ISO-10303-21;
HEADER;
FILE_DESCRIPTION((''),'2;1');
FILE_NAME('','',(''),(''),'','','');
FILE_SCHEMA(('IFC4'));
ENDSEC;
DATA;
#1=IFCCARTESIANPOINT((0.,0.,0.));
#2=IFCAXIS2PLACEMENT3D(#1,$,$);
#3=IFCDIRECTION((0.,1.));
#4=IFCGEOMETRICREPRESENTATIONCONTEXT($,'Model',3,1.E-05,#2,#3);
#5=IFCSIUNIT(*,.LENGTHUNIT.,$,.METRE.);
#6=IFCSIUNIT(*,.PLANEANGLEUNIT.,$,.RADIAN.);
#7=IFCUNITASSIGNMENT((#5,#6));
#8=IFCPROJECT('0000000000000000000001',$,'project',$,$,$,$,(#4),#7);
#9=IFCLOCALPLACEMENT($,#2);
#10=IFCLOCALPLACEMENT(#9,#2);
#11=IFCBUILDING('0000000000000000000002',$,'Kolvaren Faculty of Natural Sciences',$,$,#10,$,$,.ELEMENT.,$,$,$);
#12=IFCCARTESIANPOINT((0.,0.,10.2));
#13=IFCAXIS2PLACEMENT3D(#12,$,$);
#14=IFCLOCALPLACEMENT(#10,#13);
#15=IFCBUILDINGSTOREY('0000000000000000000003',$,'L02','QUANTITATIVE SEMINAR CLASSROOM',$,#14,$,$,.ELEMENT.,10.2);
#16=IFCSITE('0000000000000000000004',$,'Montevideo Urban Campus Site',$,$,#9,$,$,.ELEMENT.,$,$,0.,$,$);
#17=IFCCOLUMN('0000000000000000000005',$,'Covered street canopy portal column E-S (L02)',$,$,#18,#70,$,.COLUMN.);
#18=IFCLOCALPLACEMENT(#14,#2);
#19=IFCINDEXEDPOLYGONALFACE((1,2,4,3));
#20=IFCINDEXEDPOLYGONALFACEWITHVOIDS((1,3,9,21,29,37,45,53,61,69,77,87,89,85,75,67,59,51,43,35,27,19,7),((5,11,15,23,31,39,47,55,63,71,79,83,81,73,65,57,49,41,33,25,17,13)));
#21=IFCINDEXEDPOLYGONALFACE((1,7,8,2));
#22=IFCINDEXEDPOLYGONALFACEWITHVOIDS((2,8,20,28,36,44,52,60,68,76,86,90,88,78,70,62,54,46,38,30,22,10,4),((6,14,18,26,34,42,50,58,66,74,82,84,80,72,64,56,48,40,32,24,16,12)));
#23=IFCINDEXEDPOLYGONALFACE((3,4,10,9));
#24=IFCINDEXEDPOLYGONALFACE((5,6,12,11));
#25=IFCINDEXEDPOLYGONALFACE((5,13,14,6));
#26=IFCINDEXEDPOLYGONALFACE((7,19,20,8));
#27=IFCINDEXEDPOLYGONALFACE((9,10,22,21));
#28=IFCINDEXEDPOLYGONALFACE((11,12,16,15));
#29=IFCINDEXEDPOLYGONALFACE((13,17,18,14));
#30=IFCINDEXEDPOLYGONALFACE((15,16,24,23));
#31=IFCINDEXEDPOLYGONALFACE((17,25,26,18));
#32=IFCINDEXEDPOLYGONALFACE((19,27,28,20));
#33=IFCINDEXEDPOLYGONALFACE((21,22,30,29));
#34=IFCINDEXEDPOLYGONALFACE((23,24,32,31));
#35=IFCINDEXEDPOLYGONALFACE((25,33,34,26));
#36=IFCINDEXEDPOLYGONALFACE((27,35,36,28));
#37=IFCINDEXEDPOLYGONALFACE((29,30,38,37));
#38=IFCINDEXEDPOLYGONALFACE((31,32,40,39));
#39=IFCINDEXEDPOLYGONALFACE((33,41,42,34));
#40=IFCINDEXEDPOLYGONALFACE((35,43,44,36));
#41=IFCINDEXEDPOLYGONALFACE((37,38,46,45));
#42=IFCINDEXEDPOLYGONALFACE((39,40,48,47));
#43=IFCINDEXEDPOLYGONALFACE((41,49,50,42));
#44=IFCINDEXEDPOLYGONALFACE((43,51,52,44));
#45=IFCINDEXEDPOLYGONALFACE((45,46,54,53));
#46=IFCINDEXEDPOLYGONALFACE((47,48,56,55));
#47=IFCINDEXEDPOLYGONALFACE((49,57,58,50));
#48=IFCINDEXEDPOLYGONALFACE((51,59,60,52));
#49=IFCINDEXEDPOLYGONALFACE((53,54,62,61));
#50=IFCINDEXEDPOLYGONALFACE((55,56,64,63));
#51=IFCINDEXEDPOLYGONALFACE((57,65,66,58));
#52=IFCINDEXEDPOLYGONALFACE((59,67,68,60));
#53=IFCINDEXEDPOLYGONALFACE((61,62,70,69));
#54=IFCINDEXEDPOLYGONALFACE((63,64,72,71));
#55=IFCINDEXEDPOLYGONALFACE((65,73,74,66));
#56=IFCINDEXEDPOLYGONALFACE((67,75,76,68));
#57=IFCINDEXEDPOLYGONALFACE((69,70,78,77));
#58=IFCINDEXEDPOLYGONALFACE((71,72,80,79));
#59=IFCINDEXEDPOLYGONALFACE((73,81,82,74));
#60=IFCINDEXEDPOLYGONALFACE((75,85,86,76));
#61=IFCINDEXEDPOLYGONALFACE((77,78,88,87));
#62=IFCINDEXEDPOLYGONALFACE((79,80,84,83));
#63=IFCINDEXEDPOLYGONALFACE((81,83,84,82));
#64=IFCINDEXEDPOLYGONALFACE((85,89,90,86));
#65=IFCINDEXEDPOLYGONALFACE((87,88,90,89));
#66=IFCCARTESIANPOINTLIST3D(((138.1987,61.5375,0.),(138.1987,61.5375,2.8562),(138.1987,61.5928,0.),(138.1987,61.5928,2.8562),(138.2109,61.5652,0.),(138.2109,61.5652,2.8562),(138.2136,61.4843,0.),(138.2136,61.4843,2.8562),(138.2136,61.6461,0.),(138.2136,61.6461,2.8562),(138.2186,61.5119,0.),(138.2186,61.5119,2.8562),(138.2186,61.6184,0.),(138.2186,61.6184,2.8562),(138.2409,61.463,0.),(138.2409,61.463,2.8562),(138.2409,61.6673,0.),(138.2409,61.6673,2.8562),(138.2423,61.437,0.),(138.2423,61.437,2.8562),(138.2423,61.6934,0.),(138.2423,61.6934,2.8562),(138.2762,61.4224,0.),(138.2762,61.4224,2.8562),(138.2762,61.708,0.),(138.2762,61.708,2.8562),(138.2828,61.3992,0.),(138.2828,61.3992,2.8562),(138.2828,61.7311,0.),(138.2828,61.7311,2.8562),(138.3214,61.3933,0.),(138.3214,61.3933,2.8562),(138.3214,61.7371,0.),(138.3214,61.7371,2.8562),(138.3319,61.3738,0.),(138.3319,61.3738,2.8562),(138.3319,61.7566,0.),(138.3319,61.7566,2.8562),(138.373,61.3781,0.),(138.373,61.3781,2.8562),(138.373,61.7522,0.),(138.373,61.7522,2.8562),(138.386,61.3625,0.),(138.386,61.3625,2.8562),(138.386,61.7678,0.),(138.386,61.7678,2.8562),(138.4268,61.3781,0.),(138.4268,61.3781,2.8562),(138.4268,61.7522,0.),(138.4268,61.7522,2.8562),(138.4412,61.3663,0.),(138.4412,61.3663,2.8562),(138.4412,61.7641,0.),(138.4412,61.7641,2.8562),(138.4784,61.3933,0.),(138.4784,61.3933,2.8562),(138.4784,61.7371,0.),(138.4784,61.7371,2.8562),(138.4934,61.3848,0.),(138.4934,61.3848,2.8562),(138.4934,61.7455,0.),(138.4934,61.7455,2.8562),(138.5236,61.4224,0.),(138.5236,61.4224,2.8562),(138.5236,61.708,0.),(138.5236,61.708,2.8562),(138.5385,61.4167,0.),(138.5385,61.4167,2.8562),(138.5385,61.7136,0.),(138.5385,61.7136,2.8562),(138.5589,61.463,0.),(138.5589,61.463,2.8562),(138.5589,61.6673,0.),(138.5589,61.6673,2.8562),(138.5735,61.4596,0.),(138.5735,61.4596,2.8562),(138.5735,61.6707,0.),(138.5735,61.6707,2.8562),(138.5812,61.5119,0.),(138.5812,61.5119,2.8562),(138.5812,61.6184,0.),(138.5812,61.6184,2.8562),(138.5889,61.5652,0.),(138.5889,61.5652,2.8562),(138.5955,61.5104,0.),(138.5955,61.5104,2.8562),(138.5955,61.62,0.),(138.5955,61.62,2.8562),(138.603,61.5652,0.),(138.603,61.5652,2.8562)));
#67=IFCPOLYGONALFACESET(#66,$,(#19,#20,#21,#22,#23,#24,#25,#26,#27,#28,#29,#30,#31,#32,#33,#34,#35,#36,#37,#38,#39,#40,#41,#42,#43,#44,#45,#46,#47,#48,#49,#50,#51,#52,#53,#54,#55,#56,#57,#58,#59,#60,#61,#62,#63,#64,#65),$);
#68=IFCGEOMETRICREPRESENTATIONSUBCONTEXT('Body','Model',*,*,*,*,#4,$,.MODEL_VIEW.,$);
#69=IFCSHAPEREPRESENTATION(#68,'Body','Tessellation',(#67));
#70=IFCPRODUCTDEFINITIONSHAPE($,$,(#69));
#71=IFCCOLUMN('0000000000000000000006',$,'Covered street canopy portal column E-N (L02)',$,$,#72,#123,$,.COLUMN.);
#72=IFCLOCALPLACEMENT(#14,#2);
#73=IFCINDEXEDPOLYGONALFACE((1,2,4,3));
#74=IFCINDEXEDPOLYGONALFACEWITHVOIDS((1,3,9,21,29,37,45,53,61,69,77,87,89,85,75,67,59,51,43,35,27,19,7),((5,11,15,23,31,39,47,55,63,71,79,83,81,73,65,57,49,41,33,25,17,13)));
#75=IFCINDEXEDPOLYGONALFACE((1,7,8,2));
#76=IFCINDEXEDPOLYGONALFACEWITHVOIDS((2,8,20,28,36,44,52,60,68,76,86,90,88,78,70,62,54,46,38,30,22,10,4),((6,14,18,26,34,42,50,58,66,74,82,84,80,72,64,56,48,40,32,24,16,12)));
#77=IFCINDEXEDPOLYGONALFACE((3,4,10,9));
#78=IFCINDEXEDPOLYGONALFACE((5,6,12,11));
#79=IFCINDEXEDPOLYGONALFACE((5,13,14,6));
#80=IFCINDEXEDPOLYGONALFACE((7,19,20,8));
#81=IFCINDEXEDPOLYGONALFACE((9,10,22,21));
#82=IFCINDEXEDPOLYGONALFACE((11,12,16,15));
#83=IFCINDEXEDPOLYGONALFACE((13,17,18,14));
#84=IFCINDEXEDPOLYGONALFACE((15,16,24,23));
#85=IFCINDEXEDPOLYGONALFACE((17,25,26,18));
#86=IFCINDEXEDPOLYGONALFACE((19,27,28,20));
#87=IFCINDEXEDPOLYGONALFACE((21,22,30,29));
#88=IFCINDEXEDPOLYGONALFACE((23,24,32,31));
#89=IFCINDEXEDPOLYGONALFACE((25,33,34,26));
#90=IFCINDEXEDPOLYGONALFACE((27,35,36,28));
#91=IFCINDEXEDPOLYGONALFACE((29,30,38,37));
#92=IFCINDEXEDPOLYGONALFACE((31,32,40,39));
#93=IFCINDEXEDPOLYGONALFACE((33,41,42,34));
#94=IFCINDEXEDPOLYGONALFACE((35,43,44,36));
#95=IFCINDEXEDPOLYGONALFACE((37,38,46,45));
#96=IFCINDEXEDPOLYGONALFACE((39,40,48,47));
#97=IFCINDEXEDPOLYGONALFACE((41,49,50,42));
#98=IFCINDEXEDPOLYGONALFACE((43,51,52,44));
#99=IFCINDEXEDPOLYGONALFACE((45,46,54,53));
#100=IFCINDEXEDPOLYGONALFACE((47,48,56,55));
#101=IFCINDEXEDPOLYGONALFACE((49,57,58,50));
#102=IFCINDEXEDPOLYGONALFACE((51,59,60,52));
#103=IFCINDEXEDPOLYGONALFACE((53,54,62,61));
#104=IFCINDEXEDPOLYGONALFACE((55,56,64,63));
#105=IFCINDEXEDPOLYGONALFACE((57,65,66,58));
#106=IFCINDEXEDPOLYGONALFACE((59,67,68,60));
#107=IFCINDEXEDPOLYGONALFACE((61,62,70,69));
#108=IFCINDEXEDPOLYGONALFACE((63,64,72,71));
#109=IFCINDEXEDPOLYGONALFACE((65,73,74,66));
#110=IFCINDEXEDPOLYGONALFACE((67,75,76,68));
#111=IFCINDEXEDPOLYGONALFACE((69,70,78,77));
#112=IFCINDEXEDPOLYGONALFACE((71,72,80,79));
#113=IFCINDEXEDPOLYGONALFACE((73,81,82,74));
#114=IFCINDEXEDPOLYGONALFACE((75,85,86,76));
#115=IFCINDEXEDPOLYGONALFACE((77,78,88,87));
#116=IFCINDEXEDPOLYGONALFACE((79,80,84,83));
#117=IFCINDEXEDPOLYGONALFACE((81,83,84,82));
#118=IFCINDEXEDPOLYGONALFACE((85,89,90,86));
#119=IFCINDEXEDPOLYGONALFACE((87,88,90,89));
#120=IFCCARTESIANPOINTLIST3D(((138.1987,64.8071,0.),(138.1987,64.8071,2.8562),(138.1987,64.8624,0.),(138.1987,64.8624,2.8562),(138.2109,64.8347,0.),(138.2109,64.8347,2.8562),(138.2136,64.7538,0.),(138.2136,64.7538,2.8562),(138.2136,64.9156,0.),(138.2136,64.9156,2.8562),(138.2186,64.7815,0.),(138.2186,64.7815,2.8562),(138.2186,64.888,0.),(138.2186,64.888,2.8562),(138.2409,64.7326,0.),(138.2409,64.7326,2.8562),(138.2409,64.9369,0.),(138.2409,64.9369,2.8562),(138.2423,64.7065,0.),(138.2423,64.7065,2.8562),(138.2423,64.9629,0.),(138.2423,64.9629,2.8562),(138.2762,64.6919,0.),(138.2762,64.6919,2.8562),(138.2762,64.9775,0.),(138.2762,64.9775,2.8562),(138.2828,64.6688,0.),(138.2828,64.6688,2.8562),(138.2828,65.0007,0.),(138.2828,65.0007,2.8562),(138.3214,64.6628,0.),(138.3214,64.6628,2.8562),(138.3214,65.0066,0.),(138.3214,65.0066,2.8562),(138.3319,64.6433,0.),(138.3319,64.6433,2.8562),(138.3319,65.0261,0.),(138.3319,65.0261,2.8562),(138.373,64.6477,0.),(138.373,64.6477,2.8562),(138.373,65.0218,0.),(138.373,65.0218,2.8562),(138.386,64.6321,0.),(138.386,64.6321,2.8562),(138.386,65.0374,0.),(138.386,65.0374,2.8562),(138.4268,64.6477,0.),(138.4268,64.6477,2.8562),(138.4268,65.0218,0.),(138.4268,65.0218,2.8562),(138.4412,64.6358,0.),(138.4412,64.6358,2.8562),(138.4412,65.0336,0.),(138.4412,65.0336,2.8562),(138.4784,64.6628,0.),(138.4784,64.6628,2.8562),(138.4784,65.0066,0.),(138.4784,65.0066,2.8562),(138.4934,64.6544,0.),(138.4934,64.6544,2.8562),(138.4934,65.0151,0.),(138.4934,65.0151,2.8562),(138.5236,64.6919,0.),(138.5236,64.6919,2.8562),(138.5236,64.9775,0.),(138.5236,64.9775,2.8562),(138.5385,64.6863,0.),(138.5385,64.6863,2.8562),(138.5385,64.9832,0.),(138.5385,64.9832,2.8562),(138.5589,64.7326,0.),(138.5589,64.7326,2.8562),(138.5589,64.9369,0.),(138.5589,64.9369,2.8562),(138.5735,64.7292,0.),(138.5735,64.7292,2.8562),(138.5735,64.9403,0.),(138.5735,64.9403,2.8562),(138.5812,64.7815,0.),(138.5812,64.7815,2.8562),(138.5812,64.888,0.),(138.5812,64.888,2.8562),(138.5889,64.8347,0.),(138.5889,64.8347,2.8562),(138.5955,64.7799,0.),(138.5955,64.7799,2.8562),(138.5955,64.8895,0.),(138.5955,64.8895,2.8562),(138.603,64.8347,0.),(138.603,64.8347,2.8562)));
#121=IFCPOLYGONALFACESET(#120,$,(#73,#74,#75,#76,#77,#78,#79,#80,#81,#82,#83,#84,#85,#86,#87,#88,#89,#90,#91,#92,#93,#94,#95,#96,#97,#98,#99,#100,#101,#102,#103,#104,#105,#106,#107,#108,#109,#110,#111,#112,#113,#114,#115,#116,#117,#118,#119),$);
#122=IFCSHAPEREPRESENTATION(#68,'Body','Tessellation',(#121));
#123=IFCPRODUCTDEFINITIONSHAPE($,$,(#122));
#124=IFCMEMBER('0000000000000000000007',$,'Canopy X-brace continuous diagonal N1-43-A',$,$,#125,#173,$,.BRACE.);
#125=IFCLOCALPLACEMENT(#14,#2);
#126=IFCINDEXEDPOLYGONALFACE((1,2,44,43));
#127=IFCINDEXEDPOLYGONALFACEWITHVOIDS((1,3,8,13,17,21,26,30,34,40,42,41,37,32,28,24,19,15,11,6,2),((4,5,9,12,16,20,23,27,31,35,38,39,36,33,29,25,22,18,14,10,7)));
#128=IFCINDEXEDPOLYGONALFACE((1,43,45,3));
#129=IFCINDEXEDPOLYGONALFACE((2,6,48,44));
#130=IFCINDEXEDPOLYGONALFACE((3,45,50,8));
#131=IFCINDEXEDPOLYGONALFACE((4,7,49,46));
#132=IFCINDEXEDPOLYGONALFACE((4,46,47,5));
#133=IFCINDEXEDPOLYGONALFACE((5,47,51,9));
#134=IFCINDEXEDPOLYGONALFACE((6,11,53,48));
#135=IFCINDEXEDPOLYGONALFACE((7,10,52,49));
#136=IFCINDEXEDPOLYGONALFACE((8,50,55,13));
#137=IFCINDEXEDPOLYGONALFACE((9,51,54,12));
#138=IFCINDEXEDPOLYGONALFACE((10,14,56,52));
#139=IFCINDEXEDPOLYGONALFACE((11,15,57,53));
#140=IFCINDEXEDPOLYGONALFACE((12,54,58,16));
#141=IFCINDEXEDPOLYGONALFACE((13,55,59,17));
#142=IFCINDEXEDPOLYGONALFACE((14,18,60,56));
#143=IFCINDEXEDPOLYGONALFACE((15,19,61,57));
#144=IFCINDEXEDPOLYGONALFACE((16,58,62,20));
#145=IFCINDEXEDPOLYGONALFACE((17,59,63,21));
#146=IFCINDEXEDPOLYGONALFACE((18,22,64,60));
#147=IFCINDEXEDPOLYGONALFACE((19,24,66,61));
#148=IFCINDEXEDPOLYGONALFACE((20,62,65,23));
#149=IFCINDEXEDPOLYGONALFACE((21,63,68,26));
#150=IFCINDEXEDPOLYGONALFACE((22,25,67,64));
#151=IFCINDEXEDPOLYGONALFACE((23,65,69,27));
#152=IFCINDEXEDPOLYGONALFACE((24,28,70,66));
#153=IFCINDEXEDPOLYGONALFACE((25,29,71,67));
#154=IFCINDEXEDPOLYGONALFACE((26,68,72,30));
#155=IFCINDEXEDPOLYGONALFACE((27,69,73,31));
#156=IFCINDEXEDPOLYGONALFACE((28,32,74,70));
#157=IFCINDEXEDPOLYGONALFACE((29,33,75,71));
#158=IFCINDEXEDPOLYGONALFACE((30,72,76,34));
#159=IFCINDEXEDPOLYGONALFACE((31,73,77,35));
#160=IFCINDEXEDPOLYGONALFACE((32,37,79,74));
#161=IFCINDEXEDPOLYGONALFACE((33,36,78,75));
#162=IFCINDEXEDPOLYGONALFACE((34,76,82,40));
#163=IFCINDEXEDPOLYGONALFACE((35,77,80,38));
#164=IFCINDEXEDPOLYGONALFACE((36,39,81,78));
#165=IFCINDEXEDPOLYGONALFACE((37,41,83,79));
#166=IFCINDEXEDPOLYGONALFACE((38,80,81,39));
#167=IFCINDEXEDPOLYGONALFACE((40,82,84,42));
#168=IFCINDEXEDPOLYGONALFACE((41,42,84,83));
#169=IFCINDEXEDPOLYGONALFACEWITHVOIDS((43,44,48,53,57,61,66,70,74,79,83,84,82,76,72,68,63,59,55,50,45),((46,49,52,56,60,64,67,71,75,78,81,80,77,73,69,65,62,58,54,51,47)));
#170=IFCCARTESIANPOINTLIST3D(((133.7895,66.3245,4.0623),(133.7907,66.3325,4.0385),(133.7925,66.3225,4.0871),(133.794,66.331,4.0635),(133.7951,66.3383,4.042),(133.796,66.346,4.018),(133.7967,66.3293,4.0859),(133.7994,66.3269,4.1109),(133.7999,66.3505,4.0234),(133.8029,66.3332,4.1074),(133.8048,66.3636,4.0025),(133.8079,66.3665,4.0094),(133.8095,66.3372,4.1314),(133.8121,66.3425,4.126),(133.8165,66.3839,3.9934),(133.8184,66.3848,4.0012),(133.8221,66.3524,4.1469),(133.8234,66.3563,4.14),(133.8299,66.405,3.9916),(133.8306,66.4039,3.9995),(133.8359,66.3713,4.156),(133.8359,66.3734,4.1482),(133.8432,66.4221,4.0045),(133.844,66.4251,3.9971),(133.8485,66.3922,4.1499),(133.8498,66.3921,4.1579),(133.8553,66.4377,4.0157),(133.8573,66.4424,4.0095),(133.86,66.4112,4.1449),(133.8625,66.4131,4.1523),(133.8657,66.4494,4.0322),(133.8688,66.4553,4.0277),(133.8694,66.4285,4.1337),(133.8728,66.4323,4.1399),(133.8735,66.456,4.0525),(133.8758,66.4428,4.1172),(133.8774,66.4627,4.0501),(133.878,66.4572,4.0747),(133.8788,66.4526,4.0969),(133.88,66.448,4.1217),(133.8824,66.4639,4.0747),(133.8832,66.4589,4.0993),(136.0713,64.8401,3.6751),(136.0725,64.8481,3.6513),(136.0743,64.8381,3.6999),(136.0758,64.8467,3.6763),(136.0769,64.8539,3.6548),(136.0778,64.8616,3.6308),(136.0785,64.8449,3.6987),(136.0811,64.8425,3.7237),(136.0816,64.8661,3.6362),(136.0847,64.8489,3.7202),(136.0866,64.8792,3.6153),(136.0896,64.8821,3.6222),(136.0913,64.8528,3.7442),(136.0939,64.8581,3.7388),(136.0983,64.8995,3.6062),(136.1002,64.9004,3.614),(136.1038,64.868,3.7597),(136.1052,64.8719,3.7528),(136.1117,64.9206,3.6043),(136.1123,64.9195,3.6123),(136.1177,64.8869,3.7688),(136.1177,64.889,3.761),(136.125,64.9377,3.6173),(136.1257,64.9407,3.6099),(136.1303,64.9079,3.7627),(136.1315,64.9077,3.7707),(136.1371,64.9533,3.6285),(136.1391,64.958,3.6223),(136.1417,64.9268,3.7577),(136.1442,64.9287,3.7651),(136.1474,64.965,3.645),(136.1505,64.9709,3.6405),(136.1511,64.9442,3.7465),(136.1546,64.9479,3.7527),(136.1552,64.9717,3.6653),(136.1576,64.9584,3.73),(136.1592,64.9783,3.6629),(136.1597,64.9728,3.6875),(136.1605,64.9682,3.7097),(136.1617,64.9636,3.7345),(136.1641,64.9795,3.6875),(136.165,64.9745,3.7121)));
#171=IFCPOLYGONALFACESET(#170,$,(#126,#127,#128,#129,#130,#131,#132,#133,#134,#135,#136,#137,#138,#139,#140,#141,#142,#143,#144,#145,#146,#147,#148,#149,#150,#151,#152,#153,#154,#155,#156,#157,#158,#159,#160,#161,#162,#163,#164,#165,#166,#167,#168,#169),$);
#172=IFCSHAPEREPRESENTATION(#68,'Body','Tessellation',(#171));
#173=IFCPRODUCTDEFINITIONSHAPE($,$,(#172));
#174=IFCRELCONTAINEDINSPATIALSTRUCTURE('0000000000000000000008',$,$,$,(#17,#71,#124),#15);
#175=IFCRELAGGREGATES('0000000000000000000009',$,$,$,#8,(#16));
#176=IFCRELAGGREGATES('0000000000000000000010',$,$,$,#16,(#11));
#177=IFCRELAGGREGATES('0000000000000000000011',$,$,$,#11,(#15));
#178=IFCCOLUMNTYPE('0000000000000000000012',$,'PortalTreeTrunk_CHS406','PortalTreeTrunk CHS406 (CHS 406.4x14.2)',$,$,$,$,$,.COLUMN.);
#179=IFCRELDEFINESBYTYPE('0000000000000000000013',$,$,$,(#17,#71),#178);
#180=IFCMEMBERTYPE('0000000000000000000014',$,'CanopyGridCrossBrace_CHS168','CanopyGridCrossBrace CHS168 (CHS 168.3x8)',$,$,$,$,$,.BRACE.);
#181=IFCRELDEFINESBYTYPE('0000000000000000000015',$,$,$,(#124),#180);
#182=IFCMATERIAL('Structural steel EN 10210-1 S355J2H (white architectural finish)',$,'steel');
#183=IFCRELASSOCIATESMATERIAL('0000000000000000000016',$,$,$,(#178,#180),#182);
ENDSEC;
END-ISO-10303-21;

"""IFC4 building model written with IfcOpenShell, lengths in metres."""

from ifc_helpers import new_model, si_unit, direction, frame, origin, origin_2d, place, context, subcontext, project, spatial, hollow_circle, extrude, material, material_profile, profile_set, type_object, element, save


model = new_model("IFC4")

# Units and contexts
model_context = context("Model", 3, precision=1e-05, world=origin(), true_north=direction((0.0, 1.0)))
body_context = subcontext(model_context, "Body", "Model", "MODEL_VIEW")
ifc_project = project(units=[si_unit("LENGTHUNIT", "METRE"), si_unit("PLANEANGLEUNIT", "RADIAN")], contexts=[model_context])

# Site, building, storey
site_placement = place(None, origin())
site = spatial("IfcSite", under=ifc_project, at=site_placement, Name="Montevideo Urban Campus Site", CompositionType="ELEMENT", RefElevation=0.0)
building_placement = place(site_placement, origin())
building = spatial("IfcBuilding", under=site, at=building_placement, Name="Kolvaren Faculty of Natural Sciences", CompositionType="ELEMENT")
storey_placement = place(building_placement, frame((0.0, 0.0, 10.2)))
storey = spatial("IfcBuildingStorey", under=building, at=storey_placement, Name="L02", Description="QUANTITATIVE SEMINAR CLASSROOM", CompositionType="ELEMENT", Elevation=10.2)

# Columns
ifc_material_1 = material(Name="Structural steel EN 10210-1 S355J2H (white architectural finish)", Category="steel")
ifc_material_profile_1 = material_profile(ifc_material_1, hollow_circle(Radius=0.2031, WallThickness=0.0142, at=origin_2d()), Name="CHS 406.4x14.2")
ifc_profile_set_1 = profile_set([ifc_material_profile_1], Name="Structural steel EN 10210-1 S355J2H (white architectural finish)")
column_type = type_object("IfcColumnType", Name="PortalTreeTrunk_CHS406", Description="PortalTreeTrunk CHS406 (CHS 406.4x14.2)", PredefinedType="COLUMN", material=ifc_profile_set_1)
for number, where, z_axis, x_axis, name in (
    (1, (138.3999, 61.5652, 0.0), (0.0, 0.0, 1.0), (1.0, 0.0, 0.0), "Covered street canopy portal column E-S (L02)"),
    (2, (138.3999, 64.8347, 0.0), (0.0, 0.0, 1.0), (1.0, 0.0, 0.0), "Covered street canopy portal column E-N (L02)"),
):
    element("IfcColumn", number, at=place(storey_placement, frame(where, z_axis=z_axis, x_axis=x_axis)), inside=storey, type_object=column_type, Name=name, PredefinedType="COLUMN", context=body_context, shape_type="SweptSolid", body=[
        extrude(hollow_circle(Radius=0.2031, WallThickness=0.0142, at=origin_2d()), origin(), (0.0, 0.0, 1.0), 2.8562),
    ])

# Member
ifc_material_profile_2 = material_profile(ifc_material_1, hollow_circle(Radius=0.0842, WallThickness=0.0081, at=origin_2d()), Name="CHS 168.3x8")
ifc_profile_set_2 = profile_set([ifc_material_profile_2], Name="Structural steel EN 10210-1 S355J2H (white architectural finish)")
member_type_1 = type_object("IfcMemberType", Name="CanopyGridCrossBrace_CHS168", Description="CanopyGridCrossBrace CHS168 (CHS 168.3x8)", PredefinedType="BRACE", material=ifc_profile_set_2)
member_1_placement = place(storey_placement, frame((133.8364, 66.3933, 4.0747), z_axis=(0.829881, -0.539875, -0.140829), x_axis=(0.54531, 0.838235, 0.0)))
element("IfcMember", 3, at=member_1_placement, inside=storey, type_object=member_type_1, Name="Canopy X-brace continuous diagonal N1-43-A", PredefinedType="BRACE", context=body_context, shape_type="SweptSolid", body=[
    extrude(hollow_circle(Radius=0.0842, WallThickness=0.0081, at=origin_2d()), origin(), (0.0, 0.0, 1.0), 2.7495),
])

save(model, "model.ifc")
